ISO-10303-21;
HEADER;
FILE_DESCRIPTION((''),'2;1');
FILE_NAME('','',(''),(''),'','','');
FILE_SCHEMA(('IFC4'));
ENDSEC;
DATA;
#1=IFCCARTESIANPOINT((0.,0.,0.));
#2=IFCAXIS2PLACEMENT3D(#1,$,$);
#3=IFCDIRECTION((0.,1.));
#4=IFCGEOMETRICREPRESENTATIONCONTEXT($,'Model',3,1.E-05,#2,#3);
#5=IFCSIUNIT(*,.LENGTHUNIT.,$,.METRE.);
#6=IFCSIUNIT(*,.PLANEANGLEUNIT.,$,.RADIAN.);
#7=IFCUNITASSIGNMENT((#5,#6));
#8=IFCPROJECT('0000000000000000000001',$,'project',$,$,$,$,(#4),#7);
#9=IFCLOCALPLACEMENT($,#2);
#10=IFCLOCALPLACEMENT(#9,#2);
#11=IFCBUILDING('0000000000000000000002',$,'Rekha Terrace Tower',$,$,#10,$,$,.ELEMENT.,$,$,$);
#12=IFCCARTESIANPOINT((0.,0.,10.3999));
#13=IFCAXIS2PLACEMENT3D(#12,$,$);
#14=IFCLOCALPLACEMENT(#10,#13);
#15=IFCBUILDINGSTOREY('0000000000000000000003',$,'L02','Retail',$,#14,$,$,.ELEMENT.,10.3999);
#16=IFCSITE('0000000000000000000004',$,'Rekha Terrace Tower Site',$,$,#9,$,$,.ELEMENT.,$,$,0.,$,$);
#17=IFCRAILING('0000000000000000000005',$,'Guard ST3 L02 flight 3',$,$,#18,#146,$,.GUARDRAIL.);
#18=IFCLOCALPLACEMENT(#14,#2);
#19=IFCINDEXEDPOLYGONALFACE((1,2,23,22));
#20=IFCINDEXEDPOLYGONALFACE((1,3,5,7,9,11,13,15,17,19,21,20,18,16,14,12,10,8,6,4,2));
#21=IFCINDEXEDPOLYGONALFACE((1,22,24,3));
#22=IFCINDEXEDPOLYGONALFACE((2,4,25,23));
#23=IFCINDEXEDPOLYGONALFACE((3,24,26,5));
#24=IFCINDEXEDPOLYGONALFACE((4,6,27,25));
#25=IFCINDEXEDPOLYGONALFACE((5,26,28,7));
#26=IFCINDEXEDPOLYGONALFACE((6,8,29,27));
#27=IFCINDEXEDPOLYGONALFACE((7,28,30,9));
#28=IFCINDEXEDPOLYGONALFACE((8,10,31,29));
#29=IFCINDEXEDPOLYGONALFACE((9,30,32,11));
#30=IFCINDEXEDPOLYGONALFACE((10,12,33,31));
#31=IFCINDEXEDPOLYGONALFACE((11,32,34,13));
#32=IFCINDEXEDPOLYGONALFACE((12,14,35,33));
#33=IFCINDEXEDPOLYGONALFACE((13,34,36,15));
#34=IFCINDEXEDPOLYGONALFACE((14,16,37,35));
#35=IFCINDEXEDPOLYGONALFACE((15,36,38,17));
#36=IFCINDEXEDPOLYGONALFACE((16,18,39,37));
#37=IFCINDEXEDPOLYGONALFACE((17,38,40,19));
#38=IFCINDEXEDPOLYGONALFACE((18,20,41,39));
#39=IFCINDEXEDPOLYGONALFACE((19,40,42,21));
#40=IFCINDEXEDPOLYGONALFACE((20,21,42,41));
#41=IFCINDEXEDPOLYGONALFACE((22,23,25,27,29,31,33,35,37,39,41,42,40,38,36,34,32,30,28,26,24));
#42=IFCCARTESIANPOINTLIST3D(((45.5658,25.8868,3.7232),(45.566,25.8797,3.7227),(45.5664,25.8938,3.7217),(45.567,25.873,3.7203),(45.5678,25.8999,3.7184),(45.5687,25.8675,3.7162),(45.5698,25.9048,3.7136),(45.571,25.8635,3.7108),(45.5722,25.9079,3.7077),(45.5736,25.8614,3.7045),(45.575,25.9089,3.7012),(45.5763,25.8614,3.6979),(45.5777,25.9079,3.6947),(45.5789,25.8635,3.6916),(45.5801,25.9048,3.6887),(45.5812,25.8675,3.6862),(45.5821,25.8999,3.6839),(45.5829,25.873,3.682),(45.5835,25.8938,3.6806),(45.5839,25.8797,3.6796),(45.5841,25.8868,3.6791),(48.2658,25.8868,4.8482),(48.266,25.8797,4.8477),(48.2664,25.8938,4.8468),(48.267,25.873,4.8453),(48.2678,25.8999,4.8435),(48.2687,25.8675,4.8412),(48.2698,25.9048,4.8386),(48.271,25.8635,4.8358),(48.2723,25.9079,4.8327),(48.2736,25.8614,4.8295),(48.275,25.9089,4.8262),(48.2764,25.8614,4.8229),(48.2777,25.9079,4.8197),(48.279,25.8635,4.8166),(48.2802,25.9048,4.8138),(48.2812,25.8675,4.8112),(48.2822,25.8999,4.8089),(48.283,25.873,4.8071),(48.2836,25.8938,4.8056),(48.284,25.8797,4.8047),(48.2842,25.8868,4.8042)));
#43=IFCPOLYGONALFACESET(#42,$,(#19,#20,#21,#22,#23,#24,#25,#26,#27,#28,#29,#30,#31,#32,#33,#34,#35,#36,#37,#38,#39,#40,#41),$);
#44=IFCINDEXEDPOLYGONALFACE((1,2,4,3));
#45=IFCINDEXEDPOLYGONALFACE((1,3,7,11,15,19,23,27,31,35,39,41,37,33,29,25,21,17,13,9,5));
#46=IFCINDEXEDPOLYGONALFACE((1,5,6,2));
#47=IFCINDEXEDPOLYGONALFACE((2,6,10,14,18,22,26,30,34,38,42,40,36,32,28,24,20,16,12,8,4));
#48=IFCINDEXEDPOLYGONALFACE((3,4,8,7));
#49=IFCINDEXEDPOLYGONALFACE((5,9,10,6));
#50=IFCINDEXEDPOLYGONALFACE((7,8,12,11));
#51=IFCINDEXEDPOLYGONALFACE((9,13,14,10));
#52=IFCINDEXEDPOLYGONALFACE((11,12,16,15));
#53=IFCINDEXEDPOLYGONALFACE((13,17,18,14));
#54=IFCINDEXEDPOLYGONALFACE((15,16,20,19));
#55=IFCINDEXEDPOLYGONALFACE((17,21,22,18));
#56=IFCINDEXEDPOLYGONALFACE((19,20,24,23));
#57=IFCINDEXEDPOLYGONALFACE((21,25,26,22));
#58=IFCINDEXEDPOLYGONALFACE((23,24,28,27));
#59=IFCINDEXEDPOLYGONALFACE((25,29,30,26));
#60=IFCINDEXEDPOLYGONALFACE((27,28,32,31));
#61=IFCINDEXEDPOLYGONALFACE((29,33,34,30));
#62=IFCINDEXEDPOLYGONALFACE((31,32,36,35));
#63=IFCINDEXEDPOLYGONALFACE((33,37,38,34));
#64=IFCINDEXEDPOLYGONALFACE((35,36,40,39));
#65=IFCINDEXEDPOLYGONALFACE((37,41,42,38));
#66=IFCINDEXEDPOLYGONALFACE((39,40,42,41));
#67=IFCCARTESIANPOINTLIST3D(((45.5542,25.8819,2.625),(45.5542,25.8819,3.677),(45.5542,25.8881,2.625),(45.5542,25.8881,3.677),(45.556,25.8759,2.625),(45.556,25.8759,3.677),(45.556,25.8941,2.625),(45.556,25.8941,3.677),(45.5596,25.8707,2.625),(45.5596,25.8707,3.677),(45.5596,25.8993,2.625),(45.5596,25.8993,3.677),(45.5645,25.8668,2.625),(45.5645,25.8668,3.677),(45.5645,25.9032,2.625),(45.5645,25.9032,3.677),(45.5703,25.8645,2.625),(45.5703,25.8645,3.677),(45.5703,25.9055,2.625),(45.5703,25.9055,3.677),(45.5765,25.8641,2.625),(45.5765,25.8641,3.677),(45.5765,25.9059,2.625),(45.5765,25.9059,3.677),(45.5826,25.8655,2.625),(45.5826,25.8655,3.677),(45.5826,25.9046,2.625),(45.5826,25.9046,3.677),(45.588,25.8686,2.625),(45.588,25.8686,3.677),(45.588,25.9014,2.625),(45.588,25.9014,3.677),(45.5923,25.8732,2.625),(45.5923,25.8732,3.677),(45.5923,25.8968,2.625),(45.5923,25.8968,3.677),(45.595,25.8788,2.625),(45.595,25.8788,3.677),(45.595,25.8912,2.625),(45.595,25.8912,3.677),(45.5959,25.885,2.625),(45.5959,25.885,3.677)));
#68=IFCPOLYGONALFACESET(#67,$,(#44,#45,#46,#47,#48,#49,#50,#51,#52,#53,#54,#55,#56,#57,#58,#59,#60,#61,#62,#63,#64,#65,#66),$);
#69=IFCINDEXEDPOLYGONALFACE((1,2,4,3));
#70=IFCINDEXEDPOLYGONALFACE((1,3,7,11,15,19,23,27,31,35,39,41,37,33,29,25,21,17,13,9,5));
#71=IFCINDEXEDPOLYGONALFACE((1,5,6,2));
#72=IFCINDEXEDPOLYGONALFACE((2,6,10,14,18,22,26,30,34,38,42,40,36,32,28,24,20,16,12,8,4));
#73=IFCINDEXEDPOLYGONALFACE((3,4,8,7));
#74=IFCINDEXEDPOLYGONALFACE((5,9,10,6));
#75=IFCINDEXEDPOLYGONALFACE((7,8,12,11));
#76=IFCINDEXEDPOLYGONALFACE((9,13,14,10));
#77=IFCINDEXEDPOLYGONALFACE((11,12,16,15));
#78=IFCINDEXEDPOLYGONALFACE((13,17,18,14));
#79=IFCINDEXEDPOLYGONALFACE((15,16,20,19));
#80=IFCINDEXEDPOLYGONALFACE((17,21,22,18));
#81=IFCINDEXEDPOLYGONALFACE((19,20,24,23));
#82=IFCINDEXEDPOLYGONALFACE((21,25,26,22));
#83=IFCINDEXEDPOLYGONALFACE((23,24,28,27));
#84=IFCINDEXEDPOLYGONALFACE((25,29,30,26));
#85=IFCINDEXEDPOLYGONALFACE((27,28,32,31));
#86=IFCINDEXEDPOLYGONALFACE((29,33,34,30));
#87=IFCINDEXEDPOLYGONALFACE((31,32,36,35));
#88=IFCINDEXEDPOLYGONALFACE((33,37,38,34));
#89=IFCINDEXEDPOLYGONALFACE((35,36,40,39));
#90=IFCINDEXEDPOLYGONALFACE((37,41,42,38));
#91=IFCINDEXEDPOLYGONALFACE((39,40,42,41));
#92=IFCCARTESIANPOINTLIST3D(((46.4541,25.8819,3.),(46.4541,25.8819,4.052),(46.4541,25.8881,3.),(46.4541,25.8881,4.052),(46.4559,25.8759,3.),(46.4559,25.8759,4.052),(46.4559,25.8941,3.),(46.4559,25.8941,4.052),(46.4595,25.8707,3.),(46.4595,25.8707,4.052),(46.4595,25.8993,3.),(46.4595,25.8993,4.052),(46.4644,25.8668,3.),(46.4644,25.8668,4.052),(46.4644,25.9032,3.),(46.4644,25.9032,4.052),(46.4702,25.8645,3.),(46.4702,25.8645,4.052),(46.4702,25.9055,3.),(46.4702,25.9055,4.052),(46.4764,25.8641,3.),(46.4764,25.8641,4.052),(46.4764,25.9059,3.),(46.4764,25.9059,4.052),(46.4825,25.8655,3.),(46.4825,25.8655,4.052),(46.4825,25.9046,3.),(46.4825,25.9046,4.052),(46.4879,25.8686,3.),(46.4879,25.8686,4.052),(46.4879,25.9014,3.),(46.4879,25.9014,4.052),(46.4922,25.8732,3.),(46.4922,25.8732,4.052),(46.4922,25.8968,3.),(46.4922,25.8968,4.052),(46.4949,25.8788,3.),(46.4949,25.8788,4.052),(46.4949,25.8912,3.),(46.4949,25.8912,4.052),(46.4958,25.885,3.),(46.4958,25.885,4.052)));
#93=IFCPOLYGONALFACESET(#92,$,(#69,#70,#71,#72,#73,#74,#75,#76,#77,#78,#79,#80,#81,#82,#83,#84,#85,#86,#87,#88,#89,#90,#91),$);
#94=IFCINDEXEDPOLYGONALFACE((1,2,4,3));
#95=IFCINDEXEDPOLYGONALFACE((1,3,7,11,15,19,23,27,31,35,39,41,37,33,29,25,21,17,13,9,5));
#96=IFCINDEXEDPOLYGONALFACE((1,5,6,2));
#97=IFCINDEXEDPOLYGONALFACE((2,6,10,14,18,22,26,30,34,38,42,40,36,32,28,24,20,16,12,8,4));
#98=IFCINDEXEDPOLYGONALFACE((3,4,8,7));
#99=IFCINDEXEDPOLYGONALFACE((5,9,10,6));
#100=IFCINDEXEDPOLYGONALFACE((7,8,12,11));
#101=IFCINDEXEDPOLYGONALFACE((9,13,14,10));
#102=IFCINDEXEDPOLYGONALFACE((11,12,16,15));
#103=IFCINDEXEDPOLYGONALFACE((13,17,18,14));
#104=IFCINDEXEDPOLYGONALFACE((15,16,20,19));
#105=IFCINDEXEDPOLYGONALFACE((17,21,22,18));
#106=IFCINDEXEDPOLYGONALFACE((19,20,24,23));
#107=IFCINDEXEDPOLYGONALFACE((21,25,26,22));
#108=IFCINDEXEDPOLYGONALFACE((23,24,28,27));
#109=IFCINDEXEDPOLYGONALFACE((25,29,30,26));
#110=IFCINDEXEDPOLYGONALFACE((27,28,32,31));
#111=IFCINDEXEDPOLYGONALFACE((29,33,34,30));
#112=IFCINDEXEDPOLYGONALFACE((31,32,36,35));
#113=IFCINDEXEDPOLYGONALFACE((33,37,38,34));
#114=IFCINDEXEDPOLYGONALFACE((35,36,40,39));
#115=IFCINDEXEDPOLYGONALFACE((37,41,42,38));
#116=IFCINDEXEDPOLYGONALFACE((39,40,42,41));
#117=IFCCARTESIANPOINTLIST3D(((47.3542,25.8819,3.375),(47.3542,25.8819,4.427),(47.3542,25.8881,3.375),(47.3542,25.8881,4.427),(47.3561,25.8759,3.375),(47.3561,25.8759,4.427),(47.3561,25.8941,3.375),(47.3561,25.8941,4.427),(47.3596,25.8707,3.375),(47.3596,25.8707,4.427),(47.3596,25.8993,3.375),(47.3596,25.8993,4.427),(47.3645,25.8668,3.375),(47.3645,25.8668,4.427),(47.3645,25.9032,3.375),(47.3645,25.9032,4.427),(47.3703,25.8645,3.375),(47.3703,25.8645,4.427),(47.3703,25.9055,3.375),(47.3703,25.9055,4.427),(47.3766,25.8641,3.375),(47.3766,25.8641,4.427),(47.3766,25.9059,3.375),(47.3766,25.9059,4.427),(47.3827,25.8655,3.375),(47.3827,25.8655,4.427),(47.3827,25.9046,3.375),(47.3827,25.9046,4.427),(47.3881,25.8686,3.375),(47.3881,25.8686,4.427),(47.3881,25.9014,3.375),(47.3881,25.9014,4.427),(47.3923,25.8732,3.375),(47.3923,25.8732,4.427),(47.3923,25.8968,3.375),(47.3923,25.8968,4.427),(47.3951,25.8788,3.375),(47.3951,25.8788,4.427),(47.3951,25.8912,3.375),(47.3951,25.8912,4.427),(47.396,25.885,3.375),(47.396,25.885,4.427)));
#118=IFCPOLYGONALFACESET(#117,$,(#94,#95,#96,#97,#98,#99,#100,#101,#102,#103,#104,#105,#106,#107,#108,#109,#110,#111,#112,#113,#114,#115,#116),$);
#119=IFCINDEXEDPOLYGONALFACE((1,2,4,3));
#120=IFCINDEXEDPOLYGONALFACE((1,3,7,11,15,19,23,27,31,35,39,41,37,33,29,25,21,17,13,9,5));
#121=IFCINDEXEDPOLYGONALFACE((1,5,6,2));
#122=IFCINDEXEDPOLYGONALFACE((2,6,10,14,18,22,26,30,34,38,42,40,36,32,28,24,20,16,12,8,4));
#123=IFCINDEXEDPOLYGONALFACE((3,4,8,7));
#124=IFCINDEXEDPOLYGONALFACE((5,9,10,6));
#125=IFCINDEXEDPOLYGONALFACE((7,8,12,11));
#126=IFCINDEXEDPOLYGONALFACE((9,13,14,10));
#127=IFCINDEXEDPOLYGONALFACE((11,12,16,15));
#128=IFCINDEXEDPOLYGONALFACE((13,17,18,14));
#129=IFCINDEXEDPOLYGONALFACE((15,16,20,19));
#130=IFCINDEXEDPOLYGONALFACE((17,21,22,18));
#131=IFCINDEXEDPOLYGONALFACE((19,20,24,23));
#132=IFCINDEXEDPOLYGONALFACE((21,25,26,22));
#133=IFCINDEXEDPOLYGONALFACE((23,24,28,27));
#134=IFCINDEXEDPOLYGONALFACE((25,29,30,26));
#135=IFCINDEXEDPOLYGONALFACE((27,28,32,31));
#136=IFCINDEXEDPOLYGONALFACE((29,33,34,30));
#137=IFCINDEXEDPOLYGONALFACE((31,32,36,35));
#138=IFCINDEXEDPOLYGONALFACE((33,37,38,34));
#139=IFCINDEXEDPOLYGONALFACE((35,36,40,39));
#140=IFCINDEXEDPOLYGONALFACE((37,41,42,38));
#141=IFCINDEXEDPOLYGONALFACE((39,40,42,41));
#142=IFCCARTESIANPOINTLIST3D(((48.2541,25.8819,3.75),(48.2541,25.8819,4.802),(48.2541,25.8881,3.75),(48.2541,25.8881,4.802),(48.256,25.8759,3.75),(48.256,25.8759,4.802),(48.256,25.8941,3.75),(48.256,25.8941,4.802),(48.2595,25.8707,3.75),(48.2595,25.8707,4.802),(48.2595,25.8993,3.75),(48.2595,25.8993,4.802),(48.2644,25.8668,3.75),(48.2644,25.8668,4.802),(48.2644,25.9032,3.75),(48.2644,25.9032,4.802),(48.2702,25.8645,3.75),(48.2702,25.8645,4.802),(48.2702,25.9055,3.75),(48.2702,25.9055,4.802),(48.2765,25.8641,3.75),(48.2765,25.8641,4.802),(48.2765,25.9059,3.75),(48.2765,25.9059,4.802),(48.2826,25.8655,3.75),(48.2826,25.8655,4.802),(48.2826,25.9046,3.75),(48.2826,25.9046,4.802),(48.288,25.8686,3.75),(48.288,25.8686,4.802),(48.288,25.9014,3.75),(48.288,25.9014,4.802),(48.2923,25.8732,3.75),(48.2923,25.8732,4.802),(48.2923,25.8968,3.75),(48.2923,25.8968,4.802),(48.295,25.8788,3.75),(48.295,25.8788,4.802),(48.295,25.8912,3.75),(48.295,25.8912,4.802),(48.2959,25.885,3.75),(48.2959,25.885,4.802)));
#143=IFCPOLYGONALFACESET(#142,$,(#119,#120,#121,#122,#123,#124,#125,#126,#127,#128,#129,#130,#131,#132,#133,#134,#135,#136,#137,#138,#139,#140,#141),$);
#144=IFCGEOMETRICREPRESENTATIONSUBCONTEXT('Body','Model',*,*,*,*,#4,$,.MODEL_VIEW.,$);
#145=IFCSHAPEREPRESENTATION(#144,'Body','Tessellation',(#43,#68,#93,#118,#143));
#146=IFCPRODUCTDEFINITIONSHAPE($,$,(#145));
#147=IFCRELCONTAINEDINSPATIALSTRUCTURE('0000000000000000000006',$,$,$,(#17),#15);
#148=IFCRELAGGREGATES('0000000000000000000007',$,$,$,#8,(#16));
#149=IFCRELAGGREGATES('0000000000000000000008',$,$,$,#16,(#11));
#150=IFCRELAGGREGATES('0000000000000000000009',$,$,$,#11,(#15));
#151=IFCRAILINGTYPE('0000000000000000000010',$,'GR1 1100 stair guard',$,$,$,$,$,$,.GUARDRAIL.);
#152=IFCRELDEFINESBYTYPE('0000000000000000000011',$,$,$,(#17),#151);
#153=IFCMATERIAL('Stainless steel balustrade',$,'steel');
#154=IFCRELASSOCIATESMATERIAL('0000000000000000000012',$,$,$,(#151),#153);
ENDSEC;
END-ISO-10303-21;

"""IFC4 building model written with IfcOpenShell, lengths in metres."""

from ifc_helpers import new_model, si_unit, direction, frame, origin, origin_2d, place, context, subcontext, project, spatial, circle, extrude, material, type_object, element, save


model = new_model("IFC4")

# Units and contexts
model_context = context("Model", 3, precision=1e-05, world=origin(), true_north=direction((0.0, 1.0)))
body_context = subcontext(model_context, "Body", "Model", "MODEL_VIEW")
ifc_project = project(units=[si_unit("LENGTHUNIT", "METRE"), si_unit("PLANEANGLEUNIT", "RADIAN")], contexts=[model_context])

# Site, building, storey
site_placement = place(None, origin())
site = spatial("IfcSite", under=ifc_project, at=site_placement, Name="Rekha Terrace Tower Site", CompositionType="ELEMENT", RefElevation=0.0)
building_placement = place(site_placement, origin())
building = spatial("IfcBuilding", under=site, at=building_placement, Name="Rekha Terrace Tower", CompositionType="ELEMENT")
storey_placement = place(building_placement, frame((0.0, 0.0, 10.3999)))
storey = spatial("IfcBuildingStorey", under=building, at=storey_placement, Name="L02", Description="Retail", CompositionType="ELEMENT", Elevation=10.3999)

# Railing
ifc_material_1 = material(Name="Stainless steel balustrade", Category="steel")
railing_type_1 = type_object("IfcRailingType", Name="GR1 1100 stair guard", PredefinedType="GUARDRAIL", material=ifc_material_1)
railing_1_placement = place(storey_placement, frame((45.575, 25.885, 2.625)))
element("IfcRailing", 1, at=railing_1_placement, inside=storey, type_object=railing_type_1, Name="Guard ST3 L02 flight 3", PredefinedType="GUARDRAIL", context=body_context, shape_type="SweptSolid", body=[
    extrude(circle(Radius=0.0239, at=origin_2d()), frame((0.0, 0.0, 1.0762), z_axis=(0.923074, 0.0, 0.384621), x_axis=(0.0, 1.0, 0.0)), (0.0, 0.0, 1.0), 2.925),
    extrude(circle(Radius=0.021, at=origin_2d()), origin(), (0.0, 0.0, 1.0), 1.052),
    extrude(circle(Radius=0.021, at=origin_2d()), frame((0.8999, 0.0, 0.375)), (0.0, 0.0, 1.0), 1.052),
    extrude(circle(Radius=0.021, at=origin_2d()), frame((1.8, 0.0, 0.75)), (0.0, 0.0, 1.0), 1.052),
    extrude(circle(Radius=0.021, at=origin_2d()), frame((2.7, 0.0, 1.125)), (0.0, 0.0, 1.0), 1.052),
])

save(model, "model.ifc")
